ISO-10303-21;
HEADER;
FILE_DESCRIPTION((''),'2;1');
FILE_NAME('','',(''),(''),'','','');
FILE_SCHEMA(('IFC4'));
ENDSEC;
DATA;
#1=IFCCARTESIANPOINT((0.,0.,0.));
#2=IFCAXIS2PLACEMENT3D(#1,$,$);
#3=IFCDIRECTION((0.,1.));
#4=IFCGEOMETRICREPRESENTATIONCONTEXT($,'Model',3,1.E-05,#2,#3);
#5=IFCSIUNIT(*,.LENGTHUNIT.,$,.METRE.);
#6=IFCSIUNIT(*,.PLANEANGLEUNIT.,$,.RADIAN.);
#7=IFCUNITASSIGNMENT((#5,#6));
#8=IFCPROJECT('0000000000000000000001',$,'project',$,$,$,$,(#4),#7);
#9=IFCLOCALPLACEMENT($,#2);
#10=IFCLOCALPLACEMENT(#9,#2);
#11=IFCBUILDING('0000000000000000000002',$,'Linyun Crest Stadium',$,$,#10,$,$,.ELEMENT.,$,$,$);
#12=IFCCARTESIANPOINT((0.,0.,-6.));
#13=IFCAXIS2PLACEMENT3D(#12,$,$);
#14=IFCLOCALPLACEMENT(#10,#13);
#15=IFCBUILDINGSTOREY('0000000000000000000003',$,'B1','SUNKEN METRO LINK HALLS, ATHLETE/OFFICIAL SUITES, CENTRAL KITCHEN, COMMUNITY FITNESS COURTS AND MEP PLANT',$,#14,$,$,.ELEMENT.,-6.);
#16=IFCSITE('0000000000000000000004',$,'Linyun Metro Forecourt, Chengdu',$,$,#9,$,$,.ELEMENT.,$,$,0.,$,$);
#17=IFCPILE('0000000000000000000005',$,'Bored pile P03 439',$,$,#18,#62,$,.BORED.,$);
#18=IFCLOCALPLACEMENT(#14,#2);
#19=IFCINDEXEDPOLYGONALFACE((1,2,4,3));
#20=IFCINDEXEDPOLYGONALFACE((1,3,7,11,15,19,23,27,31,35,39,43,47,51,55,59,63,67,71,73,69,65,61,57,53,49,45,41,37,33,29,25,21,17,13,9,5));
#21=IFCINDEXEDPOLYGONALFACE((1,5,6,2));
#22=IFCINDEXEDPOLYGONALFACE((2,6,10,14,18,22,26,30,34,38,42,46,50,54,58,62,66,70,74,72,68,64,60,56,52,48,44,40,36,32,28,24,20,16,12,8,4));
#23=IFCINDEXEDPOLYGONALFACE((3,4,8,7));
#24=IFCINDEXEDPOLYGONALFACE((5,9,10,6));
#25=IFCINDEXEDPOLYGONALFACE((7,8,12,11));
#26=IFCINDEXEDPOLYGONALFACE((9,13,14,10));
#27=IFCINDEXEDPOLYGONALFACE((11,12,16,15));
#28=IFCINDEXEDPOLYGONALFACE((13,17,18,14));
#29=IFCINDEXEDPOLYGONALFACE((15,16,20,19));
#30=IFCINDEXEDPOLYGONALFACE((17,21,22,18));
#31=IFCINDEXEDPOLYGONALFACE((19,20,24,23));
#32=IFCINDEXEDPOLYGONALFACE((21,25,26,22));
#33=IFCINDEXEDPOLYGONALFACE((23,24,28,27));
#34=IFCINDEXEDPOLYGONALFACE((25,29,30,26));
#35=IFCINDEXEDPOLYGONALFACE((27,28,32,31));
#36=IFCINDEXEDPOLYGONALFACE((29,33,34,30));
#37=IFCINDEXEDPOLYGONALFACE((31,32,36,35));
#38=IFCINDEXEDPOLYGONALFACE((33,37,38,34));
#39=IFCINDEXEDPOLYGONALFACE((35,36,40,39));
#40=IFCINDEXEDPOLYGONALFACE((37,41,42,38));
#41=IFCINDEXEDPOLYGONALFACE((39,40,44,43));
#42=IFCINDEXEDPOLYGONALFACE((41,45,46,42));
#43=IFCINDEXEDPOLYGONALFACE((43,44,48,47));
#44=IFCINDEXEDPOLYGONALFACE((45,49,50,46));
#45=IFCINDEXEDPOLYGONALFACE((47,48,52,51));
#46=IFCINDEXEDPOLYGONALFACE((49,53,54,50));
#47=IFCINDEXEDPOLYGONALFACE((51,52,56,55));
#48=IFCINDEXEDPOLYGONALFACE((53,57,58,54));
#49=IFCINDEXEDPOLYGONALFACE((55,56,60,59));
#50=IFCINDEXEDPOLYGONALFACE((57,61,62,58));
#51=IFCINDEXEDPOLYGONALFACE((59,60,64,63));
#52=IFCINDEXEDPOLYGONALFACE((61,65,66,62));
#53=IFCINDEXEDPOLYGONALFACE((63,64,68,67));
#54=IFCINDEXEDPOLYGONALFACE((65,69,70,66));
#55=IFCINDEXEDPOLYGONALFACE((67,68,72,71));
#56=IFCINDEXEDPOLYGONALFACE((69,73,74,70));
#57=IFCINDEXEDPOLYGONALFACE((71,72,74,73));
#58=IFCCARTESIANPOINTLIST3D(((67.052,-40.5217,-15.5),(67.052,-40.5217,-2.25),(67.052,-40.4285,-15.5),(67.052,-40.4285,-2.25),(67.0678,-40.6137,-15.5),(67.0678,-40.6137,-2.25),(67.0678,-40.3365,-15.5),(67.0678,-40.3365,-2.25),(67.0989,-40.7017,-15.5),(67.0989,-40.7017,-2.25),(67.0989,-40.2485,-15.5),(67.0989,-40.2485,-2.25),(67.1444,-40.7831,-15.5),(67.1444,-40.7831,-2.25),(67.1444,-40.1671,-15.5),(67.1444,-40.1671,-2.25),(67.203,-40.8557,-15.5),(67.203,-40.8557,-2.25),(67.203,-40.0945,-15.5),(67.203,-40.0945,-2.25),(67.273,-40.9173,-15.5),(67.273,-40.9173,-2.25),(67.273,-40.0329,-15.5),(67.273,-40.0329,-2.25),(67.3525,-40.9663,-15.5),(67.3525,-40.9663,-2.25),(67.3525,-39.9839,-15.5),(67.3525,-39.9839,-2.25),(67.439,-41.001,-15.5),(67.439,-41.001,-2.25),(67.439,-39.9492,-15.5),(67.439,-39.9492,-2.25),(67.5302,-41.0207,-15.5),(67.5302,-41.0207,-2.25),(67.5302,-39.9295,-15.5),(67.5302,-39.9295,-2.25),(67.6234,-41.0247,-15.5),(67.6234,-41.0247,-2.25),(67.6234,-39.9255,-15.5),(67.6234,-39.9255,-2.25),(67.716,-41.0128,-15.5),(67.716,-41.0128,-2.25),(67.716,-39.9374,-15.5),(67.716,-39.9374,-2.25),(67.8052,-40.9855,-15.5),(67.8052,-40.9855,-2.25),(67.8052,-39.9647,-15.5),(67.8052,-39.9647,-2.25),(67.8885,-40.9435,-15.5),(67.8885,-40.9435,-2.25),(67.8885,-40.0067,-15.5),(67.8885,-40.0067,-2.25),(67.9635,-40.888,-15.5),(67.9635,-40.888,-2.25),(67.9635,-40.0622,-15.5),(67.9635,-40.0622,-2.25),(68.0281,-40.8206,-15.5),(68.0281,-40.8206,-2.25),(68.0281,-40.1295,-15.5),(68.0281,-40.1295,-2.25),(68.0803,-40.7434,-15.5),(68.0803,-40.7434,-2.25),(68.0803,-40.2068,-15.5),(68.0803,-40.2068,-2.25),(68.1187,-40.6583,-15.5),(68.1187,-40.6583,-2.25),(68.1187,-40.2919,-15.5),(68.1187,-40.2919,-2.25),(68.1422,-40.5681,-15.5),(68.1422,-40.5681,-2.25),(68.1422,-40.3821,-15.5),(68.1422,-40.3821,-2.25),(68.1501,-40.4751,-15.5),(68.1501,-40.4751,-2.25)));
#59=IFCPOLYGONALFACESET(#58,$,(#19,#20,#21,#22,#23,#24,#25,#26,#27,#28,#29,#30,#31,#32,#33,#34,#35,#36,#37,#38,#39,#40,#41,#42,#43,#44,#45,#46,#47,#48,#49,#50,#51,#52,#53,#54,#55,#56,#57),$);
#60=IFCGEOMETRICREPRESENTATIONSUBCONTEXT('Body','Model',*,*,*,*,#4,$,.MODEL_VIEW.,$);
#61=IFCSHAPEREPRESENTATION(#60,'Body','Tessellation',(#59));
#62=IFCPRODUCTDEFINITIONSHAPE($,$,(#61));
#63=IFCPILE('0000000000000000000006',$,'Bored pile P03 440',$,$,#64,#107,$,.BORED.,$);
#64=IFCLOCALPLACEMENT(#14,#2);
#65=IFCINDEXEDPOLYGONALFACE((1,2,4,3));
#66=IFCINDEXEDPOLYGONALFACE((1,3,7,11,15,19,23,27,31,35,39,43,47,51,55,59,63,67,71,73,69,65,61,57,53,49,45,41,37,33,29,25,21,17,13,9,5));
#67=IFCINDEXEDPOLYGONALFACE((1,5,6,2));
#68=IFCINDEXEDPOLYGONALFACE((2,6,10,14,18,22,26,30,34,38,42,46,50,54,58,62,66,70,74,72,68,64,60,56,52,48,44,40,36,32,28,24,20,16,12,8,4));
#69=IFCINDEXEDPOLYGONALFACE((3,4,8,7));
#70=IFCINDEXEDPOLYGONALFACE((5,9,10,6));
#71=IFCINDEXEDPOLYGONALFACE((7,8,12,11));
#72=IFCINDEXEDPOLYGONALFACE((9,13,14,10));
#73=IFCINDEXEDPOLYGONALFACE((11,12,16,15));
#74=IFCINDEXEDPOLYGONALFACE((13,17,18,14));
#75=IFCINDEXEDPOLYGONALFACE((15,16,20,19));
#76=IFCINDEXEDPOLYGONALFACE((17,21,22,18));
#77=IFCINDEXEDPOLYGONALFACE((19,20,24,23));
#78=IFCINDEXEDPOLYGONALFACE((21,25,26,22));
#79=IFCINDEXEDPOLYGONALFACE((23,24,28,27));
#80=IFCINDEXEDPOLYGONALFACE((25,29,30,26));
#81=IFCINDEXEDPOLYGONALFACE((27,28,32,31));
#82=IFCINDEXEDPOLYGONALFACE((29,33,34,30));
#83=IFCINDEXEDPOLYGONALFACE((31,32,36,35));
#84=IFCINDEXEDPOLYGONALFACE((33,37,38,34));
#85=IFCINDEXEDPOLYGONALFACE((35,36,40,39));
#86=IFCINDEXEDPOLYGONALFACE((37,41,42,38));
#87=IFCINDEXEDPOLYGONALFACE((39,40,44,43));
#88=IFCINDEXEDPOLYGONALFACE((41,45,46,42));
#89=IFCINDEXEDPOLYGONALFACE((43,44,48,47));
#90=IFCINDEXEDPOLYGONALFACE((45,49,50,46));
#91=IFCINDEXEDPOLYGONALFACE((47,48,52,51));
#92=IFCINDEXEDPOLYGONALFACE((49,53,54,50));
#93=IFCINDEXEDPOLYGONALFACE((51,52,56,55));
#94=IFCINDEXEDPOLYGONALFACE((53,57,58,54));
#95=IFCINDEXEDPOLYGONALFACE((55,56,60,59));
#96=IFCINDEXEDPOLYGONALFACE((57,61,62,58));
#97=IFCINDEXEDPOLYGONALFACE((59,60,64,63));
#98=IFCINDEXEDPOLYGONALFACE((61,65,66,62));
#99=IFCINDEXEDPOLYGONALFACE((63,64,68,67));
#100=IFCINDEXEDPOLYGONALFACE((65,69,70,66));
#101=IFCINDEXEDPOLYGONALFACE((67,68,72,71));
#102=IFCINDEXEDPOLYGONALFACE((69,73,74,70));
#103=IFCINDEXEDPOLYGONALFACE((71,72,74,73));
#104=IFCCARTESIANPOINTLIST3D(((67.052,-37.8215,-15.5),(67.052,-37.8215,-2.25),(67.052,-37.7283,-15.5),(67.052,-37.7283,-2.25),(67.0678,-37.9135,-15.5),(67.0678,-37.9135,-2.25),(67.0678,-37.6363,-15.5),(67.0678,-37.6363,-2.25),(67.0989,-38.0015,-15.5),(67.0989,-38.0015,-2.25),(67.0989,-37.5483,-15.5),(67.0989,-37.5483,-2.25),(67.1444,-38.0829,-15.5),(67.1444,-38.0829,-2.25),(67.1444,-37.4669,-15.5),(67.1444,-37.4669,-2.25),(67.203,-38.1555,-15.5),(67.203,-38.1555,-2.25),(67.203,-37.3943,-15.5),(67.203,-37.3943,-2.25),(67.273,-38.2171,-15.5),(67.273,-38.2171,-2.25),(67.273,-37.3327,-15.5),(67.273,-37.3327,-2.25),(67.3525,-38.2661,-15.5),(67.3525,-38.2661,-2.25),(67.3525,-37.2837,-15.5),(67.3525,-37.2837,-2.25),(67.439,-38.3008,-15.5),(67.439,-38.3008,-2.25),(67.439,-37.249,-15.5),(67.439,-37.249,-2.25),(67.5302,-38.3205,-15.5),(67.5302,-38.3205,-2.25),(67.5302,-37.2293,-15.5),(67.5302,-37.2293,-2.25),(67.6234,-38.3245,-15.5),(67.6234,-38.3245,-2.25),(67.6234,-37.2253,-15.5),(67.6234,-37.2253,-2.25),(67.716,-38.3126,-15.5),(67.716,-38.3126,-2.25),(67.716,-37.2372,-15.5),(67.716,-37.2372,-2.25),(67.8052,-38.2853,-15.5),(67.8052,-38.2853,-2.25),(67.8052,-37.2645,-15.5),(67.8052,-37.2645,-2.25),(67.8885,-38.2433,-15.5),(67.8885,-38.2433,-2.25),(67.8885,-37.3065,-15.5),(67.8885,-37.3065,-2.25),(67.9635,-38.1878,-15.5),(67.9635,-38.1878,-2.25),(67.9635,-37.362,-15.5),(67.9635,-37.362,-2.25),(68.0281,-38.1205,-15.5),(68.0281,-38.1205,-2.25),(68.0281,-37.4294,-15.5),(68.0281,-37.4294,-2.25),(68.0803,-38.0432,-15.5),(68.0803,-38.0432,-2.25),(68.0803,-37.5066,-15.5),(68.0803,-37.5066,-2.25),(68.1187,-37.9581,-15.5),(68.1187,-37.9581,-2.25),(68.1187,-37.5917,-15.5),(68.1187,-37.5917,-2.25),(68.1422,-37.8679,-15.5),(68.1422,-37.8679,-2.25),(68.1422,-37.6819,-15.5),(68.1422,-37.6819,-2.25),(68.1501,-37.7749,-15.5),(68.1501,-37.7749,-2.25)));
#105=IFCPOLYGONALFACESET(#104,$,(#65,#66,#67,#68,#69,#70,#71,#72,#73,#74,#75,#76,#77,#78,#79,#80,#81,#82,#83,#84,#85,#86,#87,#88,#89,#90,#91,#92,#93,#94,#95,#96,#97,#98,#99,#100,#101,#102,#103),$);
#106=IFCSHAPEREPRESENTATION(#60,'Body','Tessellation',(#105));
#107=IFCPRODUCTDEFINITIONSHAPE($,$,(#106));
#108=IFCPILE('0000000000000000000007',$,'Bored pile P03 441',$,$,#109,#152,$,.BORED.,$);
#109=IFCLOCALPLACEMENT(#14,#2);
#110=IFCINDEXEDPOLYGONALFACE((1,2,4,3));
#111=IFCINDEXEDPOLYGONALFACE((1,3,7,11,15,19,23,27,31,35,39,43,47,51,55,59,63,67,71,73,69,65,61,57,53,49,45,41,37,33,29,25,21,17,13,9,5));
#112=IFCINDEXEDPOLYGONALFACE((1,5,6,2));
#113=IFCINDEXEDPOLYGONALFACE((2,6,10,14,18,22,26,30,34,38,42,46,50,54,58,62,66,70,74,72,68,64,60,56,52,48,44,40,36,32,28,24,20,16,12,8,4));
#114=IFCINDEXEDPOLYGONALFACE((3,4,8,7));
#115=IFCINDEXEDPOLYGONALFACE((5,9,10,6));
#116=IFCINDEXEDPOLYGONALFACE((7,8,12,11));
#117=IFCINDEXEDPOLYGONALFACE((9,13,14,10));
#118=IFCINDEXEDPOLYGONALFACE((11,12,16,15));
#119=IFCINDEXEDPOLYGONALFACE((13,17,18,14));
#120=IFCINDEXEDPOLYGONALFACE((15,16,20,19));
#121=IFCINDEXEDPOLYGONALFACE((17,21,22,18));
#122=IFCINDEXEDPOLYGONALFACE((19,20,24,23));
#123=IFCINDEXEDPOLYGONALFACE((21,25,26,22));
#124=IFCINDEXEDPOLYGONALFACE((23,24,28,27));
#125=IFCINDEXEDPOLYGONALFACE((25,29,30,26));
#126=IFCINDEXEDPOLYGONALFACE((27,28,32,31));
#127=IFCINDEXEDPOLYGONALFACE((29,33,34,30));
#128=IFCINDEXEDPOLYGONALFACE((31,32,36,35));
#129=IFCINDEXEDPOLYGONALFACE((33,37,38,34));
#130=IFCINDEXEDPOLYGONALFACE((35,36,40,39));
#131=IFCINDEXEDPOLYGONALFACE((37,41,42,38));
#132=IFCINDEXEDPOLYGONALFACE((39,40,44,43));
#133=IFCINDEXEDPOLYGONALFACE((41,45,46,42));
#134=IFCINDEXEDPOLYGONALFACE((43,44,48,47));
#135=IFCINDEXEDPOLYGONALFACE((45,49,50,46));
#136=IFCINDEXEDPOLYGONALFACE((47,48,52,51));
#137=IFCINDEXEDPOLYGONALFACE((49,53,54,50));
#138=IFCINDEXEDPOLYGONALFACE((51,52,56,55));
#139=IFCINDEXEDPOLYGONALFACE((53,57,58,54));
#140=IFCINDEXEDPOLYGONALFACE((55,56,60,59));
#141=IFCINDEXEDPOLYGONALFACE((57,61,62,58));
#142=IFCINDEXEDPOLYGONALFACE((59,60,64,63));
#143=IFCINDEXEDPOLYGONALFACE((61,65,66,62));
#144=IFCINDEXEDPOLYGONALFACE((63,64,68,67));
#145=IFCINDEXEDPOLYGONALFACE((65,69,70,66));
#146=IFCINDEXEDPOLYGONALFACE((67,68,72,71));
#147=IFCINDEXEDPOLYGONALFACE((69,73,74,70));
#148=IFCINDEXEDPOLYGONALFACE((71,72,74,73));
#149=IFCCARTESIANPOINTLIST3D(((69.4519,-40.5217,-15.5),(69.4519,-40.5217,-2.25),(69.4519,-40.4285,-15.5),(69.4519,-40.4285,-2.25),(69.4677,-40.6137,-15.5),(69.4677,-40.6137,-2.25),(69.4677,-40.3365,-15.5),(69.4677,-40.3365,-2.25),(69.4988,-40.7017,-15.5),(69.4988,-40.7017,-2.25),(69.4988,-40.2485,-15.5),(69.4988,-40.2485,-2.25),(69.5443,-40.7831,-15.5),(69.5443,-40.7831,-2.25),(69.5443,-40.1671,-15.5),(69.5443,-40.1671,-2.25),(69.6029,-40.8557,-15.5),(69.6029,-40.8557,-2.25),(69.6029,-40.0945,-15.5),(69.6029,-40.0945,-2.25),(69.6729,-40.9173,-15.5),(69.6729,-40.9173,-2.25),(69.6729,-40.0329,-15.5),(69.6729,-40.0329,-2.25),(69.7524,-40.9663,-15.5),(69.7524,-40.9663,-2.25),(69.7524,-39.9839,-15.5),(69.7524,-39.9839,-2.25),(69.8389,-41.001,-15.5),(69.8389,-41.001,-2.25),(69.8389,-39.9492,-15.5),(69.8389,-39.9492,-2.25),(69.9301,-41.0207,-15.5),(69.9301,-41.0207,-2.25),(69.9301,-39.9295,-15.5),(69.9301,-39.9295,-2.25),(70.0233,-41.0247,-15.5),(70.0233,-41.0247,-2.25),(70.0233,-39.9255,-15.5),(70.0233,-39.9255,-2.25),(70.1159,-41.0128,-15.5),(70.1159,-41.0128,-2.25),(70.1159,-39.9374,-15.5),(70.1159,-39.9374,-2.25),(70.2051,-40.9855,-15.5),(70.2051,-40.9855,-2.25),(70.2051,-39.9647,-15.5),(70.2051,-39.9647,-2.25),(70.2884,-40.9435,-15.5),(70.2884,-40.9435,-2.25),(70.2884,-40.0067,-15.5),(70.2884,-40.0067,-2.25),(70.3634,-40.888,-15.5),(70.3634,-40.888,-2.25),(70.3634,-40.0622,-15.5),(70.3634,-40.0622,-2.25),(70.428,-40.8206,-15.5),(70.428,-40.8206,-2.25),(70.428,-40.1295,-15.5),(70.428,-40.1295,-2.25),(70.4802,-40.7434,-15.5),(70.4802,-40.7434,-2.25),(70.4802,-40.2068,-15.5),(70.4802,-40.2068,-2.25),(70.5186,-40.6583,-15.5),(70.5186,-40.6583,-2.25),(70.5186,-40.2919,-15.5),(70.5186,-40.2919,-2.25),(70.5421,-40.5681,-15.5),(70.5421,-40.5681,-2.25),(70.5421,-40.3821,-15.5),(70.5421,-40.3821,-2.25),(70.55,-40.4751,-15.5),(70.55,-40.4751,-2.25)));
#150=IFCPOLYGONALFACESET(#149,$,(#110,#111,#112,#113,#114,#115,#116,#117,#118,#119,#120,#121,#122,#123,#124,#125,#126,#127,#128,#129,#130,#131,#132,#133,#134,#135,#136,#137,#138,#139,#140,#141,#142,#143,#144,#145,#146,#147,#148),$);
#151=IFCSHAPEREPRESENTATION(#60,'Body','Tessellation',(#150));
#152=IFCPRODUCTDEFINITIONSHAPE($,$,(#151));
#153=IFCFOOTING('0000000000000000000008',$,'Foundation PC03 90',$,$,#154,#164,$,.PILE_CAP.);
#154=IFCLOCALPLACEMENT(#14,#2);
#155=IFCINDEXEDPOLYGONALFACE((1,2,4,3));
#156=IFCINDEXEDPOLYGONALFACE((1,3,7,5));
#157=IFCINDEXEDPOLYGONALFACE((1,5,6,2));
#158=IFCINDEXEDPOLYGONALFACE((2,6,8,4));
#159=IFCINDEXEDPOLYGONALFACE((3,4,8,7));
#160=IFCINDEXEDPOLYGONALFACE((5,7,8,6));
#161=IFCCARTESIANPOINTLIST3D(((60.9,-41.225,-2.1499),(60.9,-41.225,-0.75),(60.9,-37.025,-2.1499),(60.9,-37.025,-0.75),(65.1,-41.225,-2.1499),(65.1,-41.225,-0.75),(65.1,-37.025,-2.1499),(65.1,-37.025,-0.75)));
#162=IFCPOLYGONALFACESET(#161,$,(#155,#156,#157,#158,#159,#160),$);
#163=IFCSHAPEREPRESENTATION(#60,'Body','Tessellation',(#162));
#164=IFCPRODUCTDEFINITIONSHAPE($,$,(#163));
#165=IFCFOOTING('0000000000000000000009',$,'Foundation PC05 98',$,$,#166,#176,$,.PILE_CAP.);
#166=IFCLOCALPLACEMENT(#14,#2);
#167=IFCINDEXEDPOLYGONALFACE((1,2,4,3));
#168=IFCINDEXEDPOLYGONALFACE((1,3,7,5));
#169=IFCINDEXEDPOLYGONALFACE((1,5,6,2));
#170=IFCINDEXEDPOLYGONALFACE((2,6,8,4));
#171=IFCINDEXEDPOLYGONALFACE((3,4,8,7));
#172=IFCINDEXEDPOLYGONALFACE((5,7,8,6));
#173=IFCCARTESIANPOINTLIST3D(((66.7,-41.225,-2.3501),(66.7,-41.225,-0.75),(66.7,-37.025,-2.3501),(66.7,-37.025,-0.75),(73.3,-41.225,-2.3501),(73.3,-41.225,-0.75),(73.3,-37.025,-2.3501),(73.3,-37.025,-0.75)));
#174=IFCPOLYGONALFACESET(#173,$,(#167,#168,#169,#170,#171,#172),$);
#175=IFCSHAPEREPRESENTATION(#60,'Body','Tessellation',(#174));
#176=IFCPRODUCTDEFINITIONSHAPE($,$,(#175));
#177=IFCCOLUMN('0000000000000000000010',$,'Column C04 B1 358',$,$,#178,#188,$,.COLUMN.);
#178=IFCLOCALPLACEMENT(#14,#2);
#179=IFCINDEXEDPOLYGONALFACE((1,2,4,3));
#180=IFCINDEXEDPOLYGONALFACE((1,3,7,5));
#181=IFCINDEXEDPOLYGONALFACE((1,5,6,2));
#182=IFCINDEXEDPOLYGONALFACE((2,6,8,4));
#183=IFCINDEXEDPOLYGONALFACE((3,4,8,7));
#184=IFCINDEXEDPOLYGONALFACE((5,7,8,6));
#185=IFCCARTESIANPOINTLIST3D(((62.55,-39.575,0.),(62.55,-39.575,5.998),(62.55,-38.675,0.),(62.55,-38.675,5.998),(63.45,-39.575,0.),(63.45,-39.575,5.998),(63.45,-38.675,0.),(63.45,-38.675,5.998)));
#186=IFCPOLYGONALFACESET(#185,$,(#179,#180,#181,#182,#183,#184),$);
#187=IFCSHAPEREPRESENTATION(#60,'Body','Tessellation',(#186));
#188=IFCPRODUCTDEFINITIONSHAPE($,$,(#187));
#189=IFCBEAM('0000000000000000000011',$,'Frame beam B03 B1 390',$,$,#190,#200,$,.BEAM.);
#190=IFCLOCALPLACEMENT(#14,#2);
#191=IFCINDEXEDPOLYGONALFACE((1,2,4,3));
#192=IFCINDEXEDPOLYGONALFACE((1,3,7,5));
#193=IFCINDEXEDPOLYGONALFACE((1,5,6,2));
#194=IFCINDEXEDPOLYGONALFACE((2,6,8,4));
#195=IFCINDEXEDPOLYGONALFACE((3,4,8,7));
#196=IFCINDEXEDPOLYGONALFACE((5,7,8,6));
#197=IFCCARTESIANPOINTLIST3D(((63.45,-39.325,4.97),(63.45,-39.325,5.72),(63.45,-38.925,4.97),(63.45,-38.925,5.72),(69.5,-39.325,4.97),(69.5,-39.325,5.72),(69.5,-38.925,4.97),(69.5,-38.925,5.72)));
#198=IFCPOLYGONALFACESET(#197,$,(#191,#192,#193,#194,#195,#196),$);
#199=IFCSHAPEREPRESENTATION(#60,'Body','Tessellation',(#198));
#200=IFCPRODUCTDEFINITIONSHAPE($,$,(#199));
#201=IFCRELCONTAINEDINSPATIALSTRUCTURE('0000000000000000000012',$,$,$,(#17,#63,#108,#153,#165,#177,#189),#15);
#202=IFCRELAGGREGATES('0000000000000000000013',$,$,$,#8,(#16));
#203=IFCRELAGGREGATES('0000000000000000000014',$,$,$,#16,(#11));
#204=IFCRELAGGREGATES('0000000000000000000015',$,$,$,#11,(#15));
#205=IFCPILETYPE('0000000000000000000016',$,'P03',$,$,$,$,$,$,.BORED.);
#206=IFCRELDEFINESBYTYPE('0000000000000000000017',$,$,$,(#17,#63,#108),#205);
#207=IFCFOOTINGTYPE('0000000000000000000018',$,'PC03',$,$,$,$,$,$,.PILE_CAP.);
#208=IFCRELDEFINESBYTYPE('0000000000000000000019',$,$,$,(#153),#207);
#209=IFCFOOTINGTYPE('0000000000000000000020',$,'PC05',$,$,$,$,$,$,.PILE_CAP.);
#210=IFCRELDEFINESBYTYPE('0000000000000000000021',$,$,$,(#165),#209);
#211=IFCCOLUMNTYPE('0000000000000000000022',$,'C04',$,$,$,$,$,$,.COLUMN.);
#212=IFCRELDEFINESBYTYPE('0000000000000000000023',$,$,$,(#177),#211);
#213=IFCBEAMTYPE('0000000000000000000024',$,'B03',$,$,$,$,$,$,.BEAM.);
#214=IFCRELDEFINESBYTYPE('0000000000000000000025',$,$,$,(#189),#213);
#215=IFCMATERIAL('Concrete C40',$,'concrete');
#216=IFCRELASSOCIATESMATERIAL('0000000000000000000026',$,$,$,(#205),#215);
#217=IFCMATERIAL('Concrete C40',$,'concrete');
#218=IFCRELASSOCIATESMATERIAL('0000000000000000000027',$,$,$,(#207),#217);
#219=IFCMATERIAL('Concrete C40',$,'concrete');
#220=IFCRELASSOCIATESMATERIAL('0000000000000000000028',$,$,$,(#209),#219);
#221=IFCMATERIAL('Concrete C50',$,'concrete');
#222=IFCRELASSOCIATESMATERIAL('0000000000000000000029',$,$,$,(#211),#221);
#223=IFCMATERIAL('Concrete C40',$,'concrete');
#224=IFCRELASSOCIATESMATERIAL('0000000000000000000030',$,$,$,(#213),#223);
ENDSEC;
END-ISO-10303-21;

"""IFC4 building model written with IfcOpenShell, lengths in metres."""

from ifc_helpers import new_model, si_unit, direction, frame, origin, origin_2d, place, context, subcontext, project, spatial, rectangle, circle, extrude, material, material_profile, profile_set, type_object, element, save


model = new_model("IFC4")

# Units and contexts
model_context = context("Model", 3, precision=1e-05, world=origin(), true_north=direction((0.0, 1.0)))
body_context = subcontext(model_context, "Body", "Model", "MODEL_VIEW")
ifc_project = project(units=[si_unit("LENGTHUNIT", "METRE"), si_unit("PLANEANGLEUNIT", "RADIAN")], contexts=[model_context])

# Site, building, storey
site_placement = place(None, origin())
site = spatial("IfcSite", under=ifc_project, at=site_placement, Name="Linyun Metro Forecourt, Chengdu", CompositionType="ELEMENT", RefElevation=0.0)
building_placement = place(site_placement, origin())
building = spatial("IfcBuilding", under=site, at=building_placement, Name="Linyun Crest Stadium", CompositionType="ELEMENT")
storey_placement = place(building_placement, frame((0.0, 0.0, -6.0)))
storey = spatial("IfcBuildingStorey", under=building, at=storey_placement, Name="B1", Description="SUNKEN METRO LINK HALLS, ATHLETE/OFFICIAL SUITES, CENTRAL KITCHEN, COMMUNITY FITNESS COURTS AND MEP PLANT", CompositionType="ELEMENT", Elevation=-6.0)

# Piles
ifc_material_1 = material(Name="Concrete C40", Category="concrete")
ifc_material_profile_1 = material_profile(ifc_material_1, circle(Radius=0.55, at=origin_2d()), Name="BORED PILE 1100")
ifc_profile_set_1 = profile_set([ifc_material_profile_1], Name="Concrete C40")
pile_type = type_object("IfcPileType", Name="P03", PredefinedType="BORED", material=ifc_profile_set_1)
for number, where, z_axis, x_axis, name in (
    (1, (67.6001, -40.4751, -2.25), (0.0, 0.0, -1.0), (1.0, 0.0, 0.0), "Bored pile P03 439"),
    (2, (67.6001, -37.7749, -2.25), (0.0, 0.0, -1.0), (1.0, 0.0, 0.0), "Bored pile P03 440"),
    (3, (70.0, -40.4751, -2.25), (0.0, 0.0, -1.0), (1.0, 0.0, 0.0), "Bored pile P03 441"),
):
    element("IfcPile", number, at=place(storey_placement, frame(where, z_axis=z_axis, x_axis=x_axis)), inside=storey, type_object=pile_type, Name=name, PredefinedType="BORED", context=body_context, shape_type="SweptSolid", body=[
        extrude(circle(Radius=0.55, at=origin_2d()), origin(), (0.0, 0.0, 1.0), 13.25),
    ])

# Footings
ifc_material_2 = material(Name="Concrete C40", Category="concrete")
footing_type_1 = type_object("IfcFootingType", Name="PC03", PredefinedType="PILE_CAP", material=ifc_material_2)
footing_1_placement = place(storey_placement, frame((63.0, -39.125, -2.1499), z_axis=(0.0, 0.0, 1.0), x_axis=(1.0, 0.0, 0.0)))
element("IfcFooting", 4, at=footing_1_placement, inside=storey, type_object=footing_type_1, Name="Foundation PC03 90", PredefinedType="PILE_CAP", context=body_context, shape_type="SweptSolid", body=[
    extrude(rectangle(XDim=4.2, YDim=4.2, at=origin_2d()), origin(), (0.0, 0.0, 1.0), 1.3999),
])
ifc_material_3 = material(Name="Concrete C40", Category="concrete")
footing_type_2 = type_object("IfcFootingType", Name="PC05", PredefinedType="PILE_CAP", material=ifc_material_3)
footing_2_placement = place(storey_placement, frame((70.0, -39.125, -2.3501), z_axis=(0.0, 0.0, 1.0), x_axis=(1.0, 0.0, 0.0)))
element("IfcFooting", 5, at=footing_2_placement, inside=storey, type_object=footing_type_2, Name="Foundation PC05 98", PredefinedType="PILE_CAP", context=body_context, shape_type="SweptSolid", body=[
    extrude(rectangle(XDim=6.6001, YDim=4.2, at=origin_2d()), origin(), (0.0, 0.0, 1.0), 1.6001),
])

# Column
ifc_material_4 = material(Name="Concrete C50", Category="concrete")
ifc_material_profile_2 = material_profile(ifc_material_4, rectangle(XDim=0.8999, YDim=0.8999, at=origin_2d()), Name="RC 900x900")
ifc_profile_set_2 = profile_set([ifc_material_profile_2], Name="Concrete C50")
column_type = type_object("IfcColumnType", Name="C04", PredefinedType="COLUMN", material=ifc_profile_set_2)
column_placement = place(storey_placement, frame((63.0, -39.125, 0.0), z_axis=(0.0, 0.0, 1.0), x_axis=(1.0, 0.0, 0.0)))
element("IfcColumn", 6, at=column_placement, inside=storey, type_object=column_type, Name="Column C04 B1 358", PredefinedType="COLUMN", context=body_context, shape_type="SweptSolid", body=[
    extrude(rectangle(XDim=0.8999, YDim=0.8999, at=origin_2d()), origin(), (0.0, 0.0, 1.0), 5.998),
])

# Beam
ifc_material_5 = material(Name="Concrete C40", Category="concrete")
ifc_material_profile_3 = material_profile(ifc_material_5, rectangle(XDim=0.3999, YDim=0.75, at=origin_2d()), Name="RCB 750x400")
ifc_profile_set_3 = profile_set([ifc_material_profile_3], Name="Concrete C40")
beam_type_1 = type_object("IfcBeamType", Name="B03", PredefinedType="BEAM", material=ifc_profile_set_3)
beam_1_placement = place(storey_placement, frame((63.45, -39.125, 5.345), z_axis=(1.0, 0.0, 0.0), x_axis=(0.0, 1.0, 0.0)))
element("IfcBeam", 7, at=beam_1_placement, inside=storey, type_object=beam_type_1, Name="Frame beam B03 B1 390", PredefinedType="BEAM", context=body_context, shape_type="SweptSolid", body=[
    extrude(rectangle(XDim=0.3999, YDim=0.75, at=origin_2d()), origin(), (0.0, 0.0, 1.0), 6.05),
])

save(model, "model.ifc")
